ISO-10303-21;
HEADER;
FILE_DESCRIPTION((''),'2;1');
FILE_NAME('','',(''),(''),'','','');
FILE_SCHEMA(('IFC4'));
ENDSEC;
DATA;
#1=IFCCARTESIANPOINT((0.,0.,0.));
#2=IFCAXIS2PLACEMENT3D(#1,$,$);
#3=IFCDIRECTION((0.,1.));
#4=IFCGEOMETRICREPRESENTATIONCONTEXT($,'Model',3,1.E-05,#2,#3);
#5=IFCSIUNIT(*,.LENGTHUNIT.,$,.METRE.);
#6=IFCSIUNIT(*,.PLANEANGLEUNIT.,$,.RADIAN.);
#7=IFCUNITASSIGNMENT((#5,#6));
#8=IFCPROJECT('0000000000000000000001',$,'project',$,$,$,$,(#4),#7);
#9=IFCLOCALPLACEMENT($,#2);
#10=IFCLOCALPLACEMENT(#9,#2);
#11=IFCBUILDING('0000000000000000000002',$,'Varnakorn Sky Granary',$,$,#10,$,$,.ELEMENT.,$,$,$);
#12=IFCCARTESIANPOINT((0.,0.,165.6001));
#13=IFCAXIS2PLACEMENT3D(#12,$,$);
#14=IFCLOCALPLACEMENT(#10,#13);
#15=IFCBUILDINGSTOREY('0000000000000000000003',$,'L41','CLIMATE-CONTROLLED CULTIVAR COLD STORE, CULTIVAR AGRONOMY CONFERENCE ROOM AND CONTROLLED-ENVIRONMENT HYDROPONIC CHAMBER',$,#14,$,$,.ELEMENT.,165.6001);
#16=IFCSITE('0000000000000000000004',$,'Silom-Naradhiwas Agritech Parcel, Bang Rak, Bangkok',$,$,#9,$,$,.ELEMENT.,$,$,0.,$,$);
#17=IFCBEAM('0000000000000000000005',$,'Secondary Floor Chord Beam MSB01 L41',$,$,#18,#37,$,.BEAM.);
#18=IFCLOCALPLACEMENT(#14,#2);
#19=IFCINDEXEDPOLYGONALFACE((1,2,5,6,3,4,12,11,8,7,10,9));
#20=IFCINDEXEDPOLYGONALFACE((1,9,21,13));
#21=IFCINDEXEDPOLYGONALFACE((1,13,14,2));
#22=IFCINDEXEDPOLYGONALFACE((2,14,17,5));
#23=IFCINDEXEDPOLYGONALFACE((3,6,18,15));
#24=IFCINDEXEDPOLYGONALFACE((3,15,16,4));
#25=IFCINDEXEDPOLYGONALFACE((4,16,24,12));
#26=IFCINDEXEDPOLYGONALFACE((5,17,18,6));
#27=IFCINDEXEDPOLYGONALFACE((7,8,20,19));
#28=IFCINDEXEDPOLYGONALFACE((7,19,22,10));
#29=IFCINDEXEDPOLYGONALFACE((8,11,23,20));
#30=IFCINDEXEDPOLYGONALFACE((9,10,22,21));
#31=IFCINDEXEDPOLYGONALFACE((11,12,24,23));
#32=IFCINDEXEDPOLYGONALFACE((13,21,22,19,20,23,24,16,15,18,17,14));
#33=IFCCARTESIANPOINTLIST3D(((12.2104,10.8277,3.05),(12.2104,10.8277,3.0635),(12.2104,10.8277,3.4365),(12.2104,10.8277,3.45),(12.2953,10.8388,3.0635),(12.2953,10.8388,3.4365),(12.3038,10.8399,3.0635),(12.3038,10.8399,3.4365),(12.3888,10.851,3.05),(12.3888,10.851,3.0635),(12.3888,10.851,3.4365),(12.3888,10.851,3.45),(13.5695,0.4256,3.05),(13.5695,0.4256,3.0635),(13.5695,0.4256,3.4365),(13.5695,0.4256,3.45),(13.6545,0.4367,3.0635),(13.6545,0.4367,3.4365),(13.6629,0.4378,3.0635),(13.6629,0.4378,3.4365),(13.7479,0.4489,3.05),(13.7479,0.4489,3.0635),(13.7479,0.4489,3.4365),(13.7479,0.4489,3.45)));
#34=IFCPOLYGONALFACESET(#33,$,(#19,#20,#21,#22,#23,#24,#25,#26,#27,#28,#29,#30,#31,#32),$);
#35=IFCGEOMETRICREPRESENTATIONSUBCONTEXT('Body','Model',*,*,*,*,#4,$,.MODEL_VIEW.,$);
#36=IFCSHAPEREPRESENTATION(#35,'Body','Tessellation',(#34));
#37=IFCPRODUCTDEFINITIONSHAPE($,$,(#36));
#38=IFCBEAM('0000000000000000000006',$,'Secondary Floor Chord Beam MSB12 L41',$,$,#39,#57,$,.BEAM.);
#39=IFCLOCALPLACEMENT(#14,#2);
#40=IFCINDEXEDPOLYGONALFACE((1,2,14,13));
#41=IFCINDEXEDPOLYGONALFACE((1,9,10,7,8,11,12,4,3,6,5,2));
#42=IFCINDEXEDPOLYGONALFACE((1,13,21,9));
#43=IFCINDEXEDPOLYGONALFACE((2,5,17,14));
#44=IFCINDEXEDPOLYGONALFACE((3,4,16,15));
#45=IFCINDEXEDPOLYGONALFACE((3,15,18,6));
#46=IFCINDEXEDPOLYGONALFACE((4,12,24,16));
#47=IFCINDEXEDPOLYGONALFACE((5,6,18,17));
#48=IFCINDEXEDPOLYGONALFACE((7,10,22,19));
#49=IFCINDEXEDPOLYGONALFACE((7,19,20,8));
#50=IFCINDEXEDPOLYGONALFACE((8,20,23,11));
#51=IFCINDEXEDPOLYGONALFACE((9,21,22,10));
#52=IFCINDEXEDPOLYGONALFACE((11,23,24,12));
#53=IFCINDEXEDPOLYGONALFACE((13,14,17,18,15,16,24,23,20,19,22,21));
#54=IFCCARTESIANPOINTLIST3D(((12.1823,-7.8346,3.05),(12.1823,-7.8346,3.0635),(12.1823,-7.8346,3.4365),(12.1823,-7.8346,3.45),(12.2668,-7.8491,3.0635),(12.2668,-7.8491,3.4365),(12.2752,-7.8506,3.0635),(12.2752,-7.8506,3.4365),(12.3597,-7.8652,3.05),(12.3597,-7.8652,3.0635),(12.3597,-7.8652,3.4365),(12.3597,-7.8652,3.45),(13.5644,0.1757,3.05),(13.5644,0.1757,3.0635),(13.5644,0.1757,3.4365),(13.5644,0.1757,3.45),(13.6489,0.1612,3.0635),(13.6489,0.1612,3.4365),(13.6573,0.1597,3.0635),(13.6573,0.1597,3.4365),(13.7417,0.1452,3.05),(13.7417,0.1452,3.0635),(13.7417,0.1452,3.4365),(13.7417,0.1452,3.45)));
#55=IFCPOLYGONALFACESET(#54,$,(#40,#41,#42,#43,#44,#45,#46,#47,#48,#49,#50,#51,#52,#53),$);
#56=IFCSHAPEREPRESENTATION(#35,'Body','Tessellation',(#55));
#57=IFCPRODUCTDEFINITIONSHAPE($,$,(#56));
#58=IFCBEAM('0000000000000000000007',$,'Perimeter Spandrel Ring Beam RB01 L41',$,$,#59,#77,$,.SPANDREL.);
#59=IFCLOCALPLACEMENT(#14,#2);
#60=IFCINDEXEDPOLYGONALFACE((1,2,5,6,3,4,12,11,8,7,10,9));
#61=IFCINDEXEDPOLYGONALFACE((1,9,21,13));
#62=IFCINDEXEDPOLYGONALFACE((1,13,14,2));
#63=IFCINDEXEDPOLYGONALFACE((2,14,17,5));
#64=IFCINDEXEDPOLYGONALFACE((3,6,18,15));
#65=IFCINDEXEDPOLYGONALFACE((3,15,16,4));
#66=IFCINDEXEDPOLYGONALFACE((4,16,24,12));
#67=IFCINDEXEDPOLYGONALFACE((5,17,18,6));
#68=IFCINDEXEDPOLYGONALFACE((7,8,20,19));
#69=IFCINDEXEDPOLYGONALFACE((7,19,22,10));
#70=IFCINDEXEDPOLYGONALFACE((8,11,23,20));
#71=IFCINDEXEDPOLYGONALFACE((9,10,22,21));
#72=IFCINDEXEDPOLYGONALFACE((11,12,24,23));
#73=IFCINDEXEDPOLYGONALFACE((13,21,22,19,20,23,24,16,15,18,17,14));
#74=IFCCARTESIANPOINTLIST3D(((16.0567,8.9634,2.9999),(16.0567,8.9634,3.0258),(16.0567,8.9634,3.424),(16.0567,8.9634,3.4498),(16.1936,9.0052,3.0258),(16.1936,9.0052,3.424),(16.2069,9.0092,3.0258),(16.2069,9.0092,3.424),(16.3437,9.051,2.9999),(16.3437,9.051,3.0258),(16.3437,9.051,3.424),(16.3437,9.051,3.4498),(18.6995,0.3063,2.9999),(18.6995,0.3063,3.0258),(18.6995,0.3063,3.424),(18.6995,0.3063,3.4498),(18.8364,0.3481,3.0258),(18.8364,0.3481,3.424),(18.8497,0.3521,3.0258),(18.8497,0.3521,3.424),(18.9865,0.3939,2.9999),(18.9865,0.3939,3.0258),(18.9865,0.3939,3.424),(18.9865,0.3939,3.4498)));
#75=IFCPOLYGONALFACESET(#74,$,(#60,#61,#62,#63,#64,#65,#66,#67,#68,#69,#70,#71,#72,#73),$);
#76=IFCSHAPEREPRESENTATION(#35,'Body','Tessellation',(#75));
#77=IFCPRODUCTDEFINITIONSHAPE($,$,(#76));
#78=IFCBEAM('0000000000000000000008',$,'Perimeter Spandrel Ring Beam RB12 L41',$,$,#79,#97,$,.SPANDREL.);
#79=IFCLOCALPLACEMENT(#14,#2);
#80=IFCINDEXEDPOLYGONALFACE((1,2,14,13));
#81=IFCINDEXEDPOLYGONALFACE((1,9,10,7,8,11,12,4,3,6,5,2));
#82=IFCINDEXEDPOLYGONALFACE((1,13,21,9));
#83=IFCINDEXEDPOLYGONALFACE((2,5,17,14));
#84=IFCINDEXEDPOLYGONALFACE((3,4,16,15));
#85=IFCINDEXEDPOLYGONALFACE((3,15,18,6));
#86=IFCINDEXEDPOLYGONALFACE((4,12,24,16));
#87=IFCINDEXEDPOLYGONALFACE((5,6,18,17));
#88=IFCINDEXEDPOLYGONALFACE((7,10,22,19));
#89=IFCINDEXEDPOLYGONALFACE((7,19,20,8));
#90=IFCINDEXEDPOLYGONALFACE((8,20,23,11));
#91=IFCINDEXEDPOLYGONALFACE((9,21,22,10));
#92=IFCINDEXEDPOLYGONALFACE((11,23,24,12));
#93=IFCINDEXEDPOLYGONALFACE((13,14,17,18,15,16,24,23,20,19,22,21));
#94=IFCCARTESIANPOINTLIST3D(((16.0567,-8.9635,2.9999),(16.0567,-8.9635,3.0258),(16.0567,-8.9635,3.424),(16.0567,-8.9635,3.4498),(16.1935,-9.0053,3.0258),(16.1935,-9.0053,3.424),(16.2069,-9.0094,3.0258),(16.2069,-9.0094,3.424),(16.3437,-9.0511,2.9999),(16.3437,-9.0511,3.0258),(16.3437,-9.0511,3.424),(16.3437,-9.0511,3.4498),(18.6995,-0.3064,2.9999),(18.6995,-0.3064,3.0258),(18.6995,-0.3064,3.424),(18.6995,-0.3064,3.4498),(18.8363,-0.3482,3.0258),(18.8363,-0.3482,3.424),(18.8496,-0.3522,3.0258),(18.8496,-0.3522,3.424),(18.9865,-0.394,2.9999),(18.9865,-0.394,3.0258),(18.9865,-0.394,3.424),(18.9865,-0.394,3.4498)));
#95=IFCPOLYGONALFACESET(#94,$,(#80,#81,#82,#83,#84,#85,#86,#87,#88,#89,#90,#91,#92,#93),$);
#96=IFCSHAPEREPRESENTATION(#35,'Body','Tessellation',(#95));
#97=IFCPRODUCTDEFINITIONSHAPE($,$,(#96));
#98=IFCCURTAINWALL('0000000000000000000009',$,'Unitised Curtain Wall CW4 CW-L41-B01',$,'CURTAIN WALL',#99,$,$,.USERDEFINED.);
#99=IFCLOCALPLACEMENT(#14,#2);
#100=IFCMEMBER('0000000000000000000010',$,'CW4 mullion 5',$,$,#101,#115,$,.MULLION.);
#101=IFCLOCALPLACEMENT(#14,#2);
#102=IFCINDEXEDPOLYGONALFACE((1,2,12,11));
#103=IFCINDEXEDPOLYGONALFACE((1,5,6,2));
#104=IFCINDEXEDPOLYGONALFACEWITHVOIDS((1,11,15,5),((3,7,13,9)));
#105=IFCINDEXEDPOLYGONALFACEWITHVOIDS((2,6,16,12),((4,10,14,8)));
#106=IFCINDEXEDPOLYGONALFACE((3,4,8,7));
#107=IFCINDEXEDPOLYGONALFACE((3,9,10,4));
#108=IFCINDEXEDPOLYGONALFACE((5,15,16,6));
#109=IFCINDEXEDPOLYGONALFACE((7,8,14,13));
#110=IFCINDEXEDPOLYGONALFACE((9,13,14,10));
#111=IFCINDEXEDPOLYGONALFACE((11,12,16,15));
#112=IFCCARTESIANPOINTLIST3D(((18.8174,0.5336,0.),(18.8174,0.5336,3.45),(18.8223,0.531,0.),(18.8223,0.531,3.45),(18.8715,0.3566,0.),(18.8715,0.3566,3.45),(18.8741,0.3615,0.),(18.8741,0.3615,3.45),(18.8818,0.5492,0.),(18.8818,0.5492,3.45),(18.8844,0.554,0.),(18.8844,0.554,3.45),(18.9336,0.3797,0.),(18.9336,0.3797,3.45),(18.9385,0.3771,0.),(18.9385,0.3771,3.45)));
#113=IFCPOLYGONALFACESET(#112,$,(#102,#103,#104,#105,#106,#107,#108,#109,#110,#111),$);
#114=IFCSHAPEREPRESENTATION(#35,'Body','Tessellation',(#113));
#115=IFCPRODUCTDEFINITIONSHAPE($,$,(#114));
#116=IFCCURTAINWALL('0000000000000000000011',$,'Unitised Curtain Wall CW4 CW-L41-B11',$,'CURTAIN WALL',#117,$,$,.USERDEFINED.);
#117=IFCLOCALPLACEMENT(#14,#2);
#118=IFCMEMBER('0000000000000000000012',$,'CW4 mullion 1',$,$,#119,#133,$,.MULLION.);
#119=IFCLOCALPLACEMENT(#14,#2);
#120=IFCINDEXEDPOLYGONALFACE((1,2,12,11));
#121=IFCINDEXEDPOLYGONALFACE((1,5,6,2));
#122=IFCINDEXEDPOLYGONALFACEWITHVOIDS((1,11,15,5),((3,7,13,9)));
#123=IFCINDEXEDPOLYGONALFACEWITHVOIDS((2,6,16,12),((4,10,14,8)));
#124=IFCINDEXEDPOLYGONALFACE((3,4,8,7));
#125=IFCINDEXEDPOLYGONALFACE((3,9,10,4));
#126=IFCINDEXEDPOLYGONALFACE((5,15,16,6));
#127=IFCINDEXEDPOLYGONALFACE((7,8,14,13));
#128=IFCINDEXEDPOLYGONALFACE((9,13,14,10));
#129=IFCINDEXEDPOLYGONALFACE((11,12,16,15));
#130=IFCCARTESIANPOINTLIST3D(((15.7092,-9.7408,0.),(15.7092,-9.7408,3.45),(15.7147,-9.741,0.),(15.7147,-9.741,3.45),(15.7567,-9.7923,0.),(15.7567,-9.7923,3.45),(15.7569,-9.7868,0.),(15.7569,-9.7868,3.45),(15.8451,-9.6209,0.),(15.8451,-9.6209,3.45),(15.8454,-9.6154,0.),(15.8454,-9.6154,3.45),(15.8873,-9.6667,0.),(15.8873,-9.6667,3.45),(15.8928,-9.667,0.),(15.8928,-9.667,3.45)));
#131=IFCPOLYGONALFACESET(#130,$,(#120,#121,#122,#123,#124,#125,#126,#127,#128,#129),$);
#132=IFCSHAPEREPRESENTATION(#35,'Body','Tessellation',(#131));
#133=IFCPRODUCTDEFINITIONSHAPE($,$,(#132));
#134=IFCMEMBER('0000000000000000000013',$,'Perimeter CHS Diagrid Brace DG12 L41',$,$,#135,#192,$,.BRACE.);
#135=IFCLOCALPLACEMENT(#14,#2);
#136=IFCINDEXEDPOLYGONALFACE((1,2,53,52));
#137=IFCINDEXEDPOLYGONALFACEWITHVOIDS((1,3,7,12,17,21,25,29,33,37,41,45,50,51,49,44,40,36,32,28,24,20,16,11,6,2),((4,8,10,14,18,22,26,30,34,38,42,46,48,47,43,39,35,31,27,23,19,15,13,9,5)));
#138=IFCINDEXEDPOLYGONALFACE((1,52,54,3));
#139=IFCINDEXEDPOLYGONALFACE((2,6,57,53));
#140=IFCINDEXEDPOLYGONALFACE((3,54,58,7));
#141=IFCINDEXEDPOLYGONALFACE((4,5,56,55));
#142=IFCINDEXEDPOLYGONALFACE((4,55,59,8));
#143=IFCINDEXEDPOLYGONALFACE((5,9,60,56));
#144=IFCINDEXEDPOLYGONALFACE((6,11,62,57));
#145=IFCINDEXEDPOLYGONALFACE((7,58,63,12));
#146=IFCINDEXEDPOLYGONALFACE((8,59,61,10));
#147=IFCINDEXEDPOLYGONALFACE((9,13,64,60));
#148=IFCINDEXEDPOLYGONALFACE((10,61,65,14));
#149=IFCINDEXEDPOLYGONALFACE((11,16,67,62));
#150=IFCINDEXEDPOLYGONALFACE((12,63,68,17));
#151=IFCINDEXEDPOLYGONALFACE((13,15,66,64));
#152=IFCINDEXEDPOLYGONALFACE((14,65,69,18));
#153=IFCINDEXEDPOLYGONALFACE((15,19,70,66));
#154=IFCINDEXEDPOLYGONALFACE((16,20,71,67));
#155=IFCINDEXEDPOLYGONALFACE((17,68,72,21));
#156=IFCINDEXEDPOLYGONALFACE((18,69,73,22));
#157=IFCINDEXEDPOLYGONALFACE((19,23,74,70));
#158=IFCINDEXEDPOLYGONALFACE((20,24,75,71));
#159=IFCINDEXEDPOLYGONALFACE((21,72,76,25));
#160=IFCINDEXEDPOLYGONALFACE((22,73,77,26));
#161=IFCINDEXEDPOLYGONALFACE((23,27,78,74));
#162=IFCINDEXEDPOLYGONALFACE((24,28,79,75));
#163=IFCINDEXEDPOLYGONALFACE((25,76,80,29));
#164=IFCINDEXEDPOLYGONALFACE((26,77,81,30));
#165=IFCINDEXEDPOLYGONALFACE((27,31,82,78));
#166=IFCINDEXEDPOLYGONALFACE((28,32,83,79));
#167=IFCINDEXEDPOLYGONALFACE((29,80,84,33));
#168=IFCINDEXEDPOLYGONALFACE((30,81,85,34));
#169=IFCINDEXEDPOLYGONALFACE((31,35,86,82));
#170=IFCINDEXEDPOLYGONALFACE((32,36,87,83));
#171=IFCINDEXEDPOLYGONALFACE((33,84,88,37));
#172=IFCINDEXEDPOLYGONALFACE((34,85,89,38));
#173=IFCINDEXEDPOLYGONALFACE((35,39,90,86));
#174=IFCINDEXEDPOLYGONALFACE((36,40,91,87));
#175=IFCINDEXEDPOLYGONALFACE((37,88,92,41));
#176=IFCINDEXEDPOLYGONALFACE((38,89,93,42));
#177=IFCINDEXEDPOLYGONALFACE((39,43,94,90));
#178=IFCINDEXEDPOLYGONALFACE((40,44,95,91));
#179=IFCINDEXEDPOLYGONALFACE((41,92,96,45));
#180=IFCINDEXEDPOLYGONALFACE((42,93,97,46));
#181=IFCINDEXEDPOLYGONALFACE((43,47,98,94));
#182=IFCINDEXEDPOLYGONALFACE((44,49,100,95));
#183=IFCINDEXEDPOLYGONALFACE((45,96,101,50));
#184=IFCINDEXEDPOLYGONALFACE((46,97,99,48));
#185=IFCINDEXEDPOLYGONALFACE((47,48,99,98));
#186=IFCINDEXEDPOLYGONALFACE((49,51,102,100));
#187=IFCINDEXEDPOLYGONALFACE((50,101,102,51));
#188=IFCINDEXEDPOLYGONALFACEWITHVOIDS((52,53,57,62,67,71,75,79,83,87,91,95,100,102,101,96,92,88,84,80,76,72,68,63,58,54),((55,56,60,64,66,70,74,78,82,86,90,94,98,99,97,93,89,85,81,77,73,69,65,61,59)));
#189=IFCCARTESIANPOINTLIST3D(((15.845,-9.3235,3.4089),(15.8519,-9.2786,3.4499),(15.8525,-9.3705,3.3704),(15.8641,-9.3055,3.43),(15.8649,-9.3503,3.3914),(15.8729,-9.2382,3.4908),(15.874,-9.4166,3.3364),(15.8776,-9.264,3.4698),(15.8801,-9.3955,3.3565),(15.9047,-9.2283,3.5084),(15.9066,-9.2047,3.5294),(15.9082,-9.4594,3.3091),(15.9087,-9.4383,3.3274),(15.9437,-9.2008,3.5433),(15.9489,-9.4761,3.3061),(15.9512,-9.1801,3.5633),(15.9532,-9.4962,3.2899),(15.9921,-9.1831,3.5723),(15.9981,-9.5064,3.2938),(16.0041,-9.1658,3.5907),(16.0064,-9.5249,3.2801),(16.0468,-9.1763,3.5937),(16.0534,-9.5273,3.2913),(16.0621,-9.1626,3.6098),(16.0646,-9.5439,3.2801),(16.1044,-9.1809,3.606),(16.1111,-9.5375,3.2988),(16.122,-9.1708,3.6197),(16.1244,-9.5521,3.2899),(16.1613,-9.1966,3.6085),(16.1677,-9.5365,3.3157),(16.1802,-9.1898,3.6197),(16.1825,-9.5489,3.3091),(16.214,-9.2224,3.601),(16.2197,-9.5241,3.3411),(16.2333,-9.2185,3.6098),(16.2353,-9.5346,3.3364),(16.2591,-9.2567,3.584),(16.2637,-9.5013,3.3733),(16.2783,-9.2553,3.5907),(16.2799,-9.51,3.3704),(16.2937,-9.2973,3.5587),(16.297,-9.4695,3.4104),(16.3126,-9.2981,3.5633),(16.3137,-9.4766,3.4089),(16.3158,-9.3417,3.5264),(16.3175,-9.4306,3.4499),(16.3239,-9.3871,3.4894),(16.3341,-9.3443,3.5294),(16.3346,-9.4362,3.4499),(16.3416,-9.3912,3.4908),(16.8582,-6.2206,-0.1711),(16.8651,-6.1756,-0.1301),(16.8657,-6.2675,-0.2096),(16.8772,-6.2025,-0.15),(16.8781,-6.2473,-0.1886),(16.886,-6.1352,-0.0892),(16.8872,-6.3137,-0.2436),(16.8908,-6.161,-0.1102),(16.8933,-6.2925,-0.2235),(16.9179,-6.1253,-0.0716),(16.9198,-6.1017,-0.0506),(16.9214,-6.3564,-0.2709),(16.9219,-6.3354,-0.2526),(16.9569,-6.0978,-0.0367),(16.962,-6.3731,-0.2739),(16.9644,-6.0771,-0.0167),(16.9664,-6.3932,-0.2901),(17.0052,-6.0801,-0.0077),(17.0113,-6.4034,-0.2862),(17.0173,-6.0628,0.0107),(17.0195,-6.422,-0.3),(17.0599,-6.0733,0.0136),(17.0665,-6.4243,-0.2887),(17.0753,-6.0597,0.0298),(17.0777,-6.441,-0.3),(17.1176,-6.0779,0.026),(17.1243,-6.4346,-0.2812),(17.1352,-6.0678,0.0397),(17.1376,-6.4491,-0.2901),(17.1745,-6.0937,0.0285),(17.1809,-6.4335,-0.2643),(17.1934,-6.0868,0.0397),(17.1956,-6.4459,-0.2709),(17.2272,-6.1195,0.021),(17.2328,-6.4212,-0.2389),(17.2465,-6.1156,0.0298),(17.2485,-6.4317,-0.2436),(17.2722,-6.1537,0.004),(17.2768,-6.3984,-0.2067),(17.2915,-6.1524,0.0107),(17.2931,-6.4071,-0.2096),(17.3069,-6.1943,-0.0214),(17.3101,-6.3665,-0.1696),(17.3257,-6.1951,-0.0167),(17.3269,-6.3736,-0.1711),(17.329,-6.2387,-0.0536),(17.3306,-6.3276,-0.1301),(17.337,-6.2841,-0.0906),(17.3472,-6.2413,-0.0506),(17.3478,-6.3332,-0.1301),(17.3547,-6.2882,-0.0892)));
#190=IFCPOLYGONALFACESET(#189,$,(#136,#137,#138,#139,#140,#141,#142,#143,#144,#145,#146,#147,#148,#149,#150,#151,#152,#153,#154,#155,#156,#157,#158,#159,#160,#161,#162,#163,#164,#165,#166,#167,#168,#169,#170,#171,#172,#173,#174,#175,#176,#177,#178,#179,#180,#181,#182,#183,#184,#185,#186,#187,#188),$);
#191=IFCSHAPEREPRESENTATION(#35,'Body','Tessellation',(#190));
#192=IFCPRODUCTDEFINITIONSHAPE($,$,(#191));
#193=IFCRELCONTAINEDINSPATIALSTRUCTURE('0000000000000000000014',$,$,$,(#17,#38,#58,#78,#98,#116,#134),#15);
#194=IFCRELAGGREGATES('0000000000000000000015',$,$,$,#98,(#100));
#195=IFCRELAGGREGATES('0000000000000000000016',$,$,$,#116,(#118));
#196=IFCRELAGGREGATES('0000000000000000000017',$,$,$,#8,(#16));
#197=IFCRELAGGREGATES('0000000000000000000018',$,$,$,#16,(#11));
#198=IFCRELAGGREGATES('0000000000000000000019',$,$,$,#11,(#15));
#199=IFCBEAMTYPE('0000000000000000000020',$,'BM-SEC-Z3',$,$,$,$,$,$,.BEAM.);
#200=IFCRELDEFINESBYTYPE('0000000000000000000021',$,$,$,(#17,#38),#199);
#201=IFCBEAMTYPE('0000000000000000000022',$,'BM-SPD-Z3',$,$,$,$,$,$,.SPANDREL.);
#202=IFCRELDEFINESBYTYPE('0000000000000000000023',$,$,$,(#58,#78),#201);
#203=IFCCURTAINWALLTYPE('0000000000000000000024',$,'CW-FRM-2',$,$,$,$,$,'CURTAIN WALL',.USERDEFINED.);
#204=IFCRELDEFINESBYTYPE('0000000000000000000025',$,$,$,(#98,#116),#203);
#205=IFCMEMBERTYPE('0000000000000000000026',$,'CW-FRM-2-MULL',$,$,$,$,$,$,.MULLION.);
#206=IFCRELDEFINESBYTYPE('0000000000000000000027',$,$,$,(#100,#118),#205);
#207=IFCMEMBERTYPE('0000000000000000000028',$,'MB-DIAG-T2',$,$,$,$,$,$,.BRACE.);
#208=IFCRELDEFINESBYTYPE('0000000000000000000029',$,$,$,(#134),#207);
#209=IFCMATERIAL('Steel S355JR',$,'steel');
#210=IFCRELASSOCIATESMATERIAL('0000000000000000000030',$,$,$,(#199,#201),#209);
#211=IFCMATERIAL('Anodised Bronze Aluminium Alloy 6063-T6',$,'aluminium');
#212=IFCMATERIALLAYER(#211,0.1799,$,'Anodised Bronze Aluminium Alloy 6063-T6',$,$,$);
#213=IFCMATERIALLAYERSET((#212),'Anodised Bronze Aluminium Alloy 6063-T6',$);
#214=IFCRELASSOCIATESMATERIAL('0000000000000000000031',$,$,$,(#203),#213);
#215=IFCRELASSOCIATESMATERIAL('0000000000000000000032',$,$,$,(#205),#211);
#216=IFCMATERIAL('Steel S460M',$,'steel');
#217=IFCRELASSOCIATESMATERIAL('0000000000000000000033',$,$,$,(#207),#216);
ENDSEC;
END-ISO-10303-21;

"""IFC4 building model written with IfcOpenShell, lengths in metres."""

from ifc_helpers import new_model, si_unit, direction, frame, origin, origin_2d, place, context, subcontext, project, spatial, hollow_rectangle, hollow_circle, i_section, extrude, material, layer, layer_set, material_profile, profile_set, type_object, element, aggregate, save


model = new_model("IFC4")

# Units and contexts
model_context = context("Model", 3, precision=1e-05, world=origin(), true_north=direction((0.0, 1.0)))
body_context = subcontext(model_context, "Body", "Model", "MODEL_VIEW")
ifc_project = project(units=[si_unit("LENGTHUNIT", "METRE"), si_unit("PLANEANGLEUNIT", "RADIAN")], contexts=[model_context])

# Site, building, storey
site_placement = place(None, origin())
site = spatial("IfcSite", under=ifc_project, at=site_placement, Name="Silom-Naradhiwas Agritech Parcel, Bang Rak, Bangkok", CompositionType="ELEMENT", RefElevation=0.0)
building_placement = place(site_placement, origin())
building = spatial("IfcBuilding", under=site, at=building_placement, Name="Varnakorn Sky Granary", CompositionType="ELEMENT")
storey_placement = place(building_placement, frame((0.0, 0.0, 165.6001)))
storey = spatial("IfcBuildingStorey", under=building, at=storey_placement, Name="L41", Description="CLIMATE-CONTROLLED CULTIVAR COLD STORE, CULTIVAR AGRONOMY CONFERENCE ROOM AND CONTROLLED-ENVIRONMENT HYDROPONIC CHAMBER", CompositionType="ELEMENT", Elevation=165.6001)

# Shared definitions
ifc_material_1 = material(Name="Steel S460M", Category="steel")

# Beams
ifc_material_2 = material(Name="Steel S355JR", Category="steel")
ifc_material_profile_1 = material_profile(ifc_material_2, i_section(OverallWidth=0.1799, OverallDepth=0.3999, WebThickness=0.0085, FlangeThickness=0.0134, at=origin_2d()), Name="IPE 400")
ifc_profile_set_1 = profile_set([ifc_material_profile_1], Name="Steel S355JR")
beam_type_1 = type_object("IfcBeamType", Name="BM-SEC-Z3", PredefinedType="BEAM", material=ifc_profile_set_1)
beam_1_placement = place(storey_placement, frame((13.6587, 0.4373, 3.25), z_axis=(-0.129558, 0.991572, 0.0), x_axis=(-0.991572, -0.129558, 0.0)))
element("IfcBeam", 1, at=beam_1_placement, inside=storey, type_object=beam_type_1, Name="Secondary Floor Chord Beam MSB01 L41", PredefinedType="BEAM", context=body_context, shape_type="SweptSolid", body=[
    extrude(i_section(OverallWidth=0.1799, OverallDepth=0.3999, WebThickness=0.0085, FlangeThickness=0.0134, at=origin_2d()), origin(), (0.0, 0.0, 1.0), 10.4905),
])
beam_2_placement = place(storey_placement, frame((12.271, -7.8499, 3.25), z_axis=(0.170027, 0.985439, 0.0), x_axis=(-0.985439, 0.170027, 0.0)))
element("IfcBeam", 2, at=beam_2_placement, inside=storey, type_object=beam_type_1, Name="Secondary Floor Chord Beam MSB12 L41", PredefinedType="BEAM", context=body_context, shape_type="SweptSolid", body=[
    extrude(i_section(OverallWidth=0.1799, OverallDepth=0.3999, WebThickness=0.0085, FlangeThickness=0.0134, at=origin_2d()), origin(), (0.0, 0.0, 1.0), 8.1287),
])
ifc_material_profile_2 = material_profile(ifc_material_2, i_section(OverallWidth=0.3, OverallDepth=0.45, WebThickness=0.0139, FlangeThickness=0.0259, at=origin_2d()), Name="HE 450 B")
ifc_profile_set_2 = profile_set([ifc_material_profile_2], Name="Steel S355JR")
beam_type_2 = type_object("IfcBeamType", Name="BM-SPD-Z3", PredefinedType="SPANDREL", material=ifc_profile_set_2)
for number, where, z_axis, x_axis, name in (
    (3, (18.843, 0.3501, 3.2249), (-0.291972, 0.956427, 0.0), (-0.956427, -0.291972, 0.0), "Perimeter Spandrel Ring Beam RB01 L41"),
    (4, (16.2002, -9.0073, 3.2249), (0.291972, 0.956427, 0.0), (-0.956427, 0.291972, 0.0), "Perimeter Spandrel Ring Beam RB12 L41"),
):
    element("IfcBeam", number, at=place(storey_placement, frame(where, z_axis=z_axis, x_axis=x_axis)), inside=storey, type_object=beam_type_2, Name=name, PredefinedType="SPANDREL", context=body_context, shape_type="SweptSolid", body=[
        extrude(i_section(OverallWidth=0.3, OverallDepth=0.45, WebThickness=0.0139, FlangeThickness=0.0259, at=origin_2d()), origin(), (0.0, 0.0, 1.0), 9.0515),
    ])

# Curtain walls, members
ifc_material_3 = material(Name="Anodised Bronze Aluminium Alloy 6063-T6", Category="aluminium")
ifc_layer_1 = layer(ifc_material_3, 0.1799, Name="Anodised Bronze Aluminium Alloy 6063-T6")
ifc_layer_set_1 = layer_set([ifc_layer_1], Name="Anodised Bronze Aluminium Alloy 6063-T6")
curtain_wall_type = type_object("IfcCurtainWallType", Name="CW-FRM-2", ElementType="CURTAIN WALL", PredefinedType="USERDEFINED", material=ifc_layer_set_1)
curtain_wall_1_placement = place(storey_placement, origin())
curtain_wall_1 = element("IfcCurtainWall", 5, at=curtain_wall_1_placement, inside=storey, type_object=curtain_wall_type, Name="Unitised Curtain Wall CW4 CW-L41-B01", ObjectType="CURTAIN WALL", PredefinedType="USERDEFINED")
ifc_material_profile_3 = material_profile(ifc_material_3, hollow_rectangle(XDim=0.0701, YDim=0.1851, WallThickness=0.0039, at=origin_2d()), Name="ALU MULL 70x185")
ifc_profile_set_3 = profile_set([ifc_material_profile_3], Name="Anodised Bronze Aluminium Alloy 6063-T6")
member_type_1 = type_object("IfcMemberType", Name="CW-FRM-2-MULL", PredefinedType="MULLION", material=ifc_profile_set_3)
member_1_placement = place(storey_placement, frame((18.8779, 0.4553, 0.0), z_axis=(0.0, 0.0, 1.0), x_axis=(0.956374, 0.292147, 0.0)))
member_1 = element("IfcMember", 6, at=member_1_placement, type_object=member_type_1, Name="CW4 mullion 5", PredefinedType="MULLION", context=body_context, shape_type="SweptSolid", body=[
    extrude(hollow_rectangle(XDim=0.0701, YDim=0.1851, WallThickness=0.0039, at=origin_2d()), origin(), (0.0, 0.0, 1.0), 3.45),
])
aggregate(curtain_wall_1, [member_1])
curtain_wall_2_placement = place(storey_placement, origin())
curtain_wall_2 = element("IfcCurtainWall", 7, at=curtain_wall_2_placement, inside=storey, type_object=curtain_wall_type, Name="Unitised Curtain Wall CW4 CW-L41-B11", ObjectType="CURTAIN WALL", PredefinedType="USERDEFINED")
member_2_placement = place(storey_placement, frame((15.801, -9.7039, 0.0), z_axis=(0.0, 0.0, 1.0), x_axis=(0.677285, -0.735721, 0.0)))
member_2 = element("IfcMember", 8, at=member_2_placement, type_object=member_type_1, Name="CW4 mullion 1", PredefinedType="MULLION", context=body_context, shape_type="SweptSolid", body=[
    extrude(hollow_rectangle(XDim=0.0701, YDim=0.1851, WallThickness=0.0039, at=origin_2d()), origin(), (0.0, 0.0, 1.0), 3.45),
])
aggregate(curtain_wall_2, [member_2])

# Member
ifc_material_profile_4 = material_profile(ifc_material_1, hollow_circle(Radius=0.2539, WallThickness=0.0181, at=origin_2d()), Name="CHS 508x18")
ifc_profile_set_4 = profile_set([ifc_material_profile_4], Name="Steel S460M")
member_type_2 = type_object("IfcMemberType", Name="MB-DIAG-T2", PredefinedType="BRACE", material=ifc_profile_set_4)
member_3_placement = place(storey_placement, frame((17.1064, -6.2544, -0.1301), z_axis=(-0.209127, -0.640484, 0.73895), x_axis=(0.95061, -0.310388, 0.0)))
element("IfcMember", 9, at=member_3_placement, inside=storey, type_object=member_type_2, Name="Perimeter CHS Diagrid Brace DG12 L41", PredefinedType="BRACE", context=body_context, shape_type="SweptSolid", body=[
    extrude(hollow_circle(Radius=0.2539, WallThickness=0.0181, at=origin_2d()), origin(), (0.0, 0.0, 1.0), 4.8447),
])

save(model, "model.ifc")
